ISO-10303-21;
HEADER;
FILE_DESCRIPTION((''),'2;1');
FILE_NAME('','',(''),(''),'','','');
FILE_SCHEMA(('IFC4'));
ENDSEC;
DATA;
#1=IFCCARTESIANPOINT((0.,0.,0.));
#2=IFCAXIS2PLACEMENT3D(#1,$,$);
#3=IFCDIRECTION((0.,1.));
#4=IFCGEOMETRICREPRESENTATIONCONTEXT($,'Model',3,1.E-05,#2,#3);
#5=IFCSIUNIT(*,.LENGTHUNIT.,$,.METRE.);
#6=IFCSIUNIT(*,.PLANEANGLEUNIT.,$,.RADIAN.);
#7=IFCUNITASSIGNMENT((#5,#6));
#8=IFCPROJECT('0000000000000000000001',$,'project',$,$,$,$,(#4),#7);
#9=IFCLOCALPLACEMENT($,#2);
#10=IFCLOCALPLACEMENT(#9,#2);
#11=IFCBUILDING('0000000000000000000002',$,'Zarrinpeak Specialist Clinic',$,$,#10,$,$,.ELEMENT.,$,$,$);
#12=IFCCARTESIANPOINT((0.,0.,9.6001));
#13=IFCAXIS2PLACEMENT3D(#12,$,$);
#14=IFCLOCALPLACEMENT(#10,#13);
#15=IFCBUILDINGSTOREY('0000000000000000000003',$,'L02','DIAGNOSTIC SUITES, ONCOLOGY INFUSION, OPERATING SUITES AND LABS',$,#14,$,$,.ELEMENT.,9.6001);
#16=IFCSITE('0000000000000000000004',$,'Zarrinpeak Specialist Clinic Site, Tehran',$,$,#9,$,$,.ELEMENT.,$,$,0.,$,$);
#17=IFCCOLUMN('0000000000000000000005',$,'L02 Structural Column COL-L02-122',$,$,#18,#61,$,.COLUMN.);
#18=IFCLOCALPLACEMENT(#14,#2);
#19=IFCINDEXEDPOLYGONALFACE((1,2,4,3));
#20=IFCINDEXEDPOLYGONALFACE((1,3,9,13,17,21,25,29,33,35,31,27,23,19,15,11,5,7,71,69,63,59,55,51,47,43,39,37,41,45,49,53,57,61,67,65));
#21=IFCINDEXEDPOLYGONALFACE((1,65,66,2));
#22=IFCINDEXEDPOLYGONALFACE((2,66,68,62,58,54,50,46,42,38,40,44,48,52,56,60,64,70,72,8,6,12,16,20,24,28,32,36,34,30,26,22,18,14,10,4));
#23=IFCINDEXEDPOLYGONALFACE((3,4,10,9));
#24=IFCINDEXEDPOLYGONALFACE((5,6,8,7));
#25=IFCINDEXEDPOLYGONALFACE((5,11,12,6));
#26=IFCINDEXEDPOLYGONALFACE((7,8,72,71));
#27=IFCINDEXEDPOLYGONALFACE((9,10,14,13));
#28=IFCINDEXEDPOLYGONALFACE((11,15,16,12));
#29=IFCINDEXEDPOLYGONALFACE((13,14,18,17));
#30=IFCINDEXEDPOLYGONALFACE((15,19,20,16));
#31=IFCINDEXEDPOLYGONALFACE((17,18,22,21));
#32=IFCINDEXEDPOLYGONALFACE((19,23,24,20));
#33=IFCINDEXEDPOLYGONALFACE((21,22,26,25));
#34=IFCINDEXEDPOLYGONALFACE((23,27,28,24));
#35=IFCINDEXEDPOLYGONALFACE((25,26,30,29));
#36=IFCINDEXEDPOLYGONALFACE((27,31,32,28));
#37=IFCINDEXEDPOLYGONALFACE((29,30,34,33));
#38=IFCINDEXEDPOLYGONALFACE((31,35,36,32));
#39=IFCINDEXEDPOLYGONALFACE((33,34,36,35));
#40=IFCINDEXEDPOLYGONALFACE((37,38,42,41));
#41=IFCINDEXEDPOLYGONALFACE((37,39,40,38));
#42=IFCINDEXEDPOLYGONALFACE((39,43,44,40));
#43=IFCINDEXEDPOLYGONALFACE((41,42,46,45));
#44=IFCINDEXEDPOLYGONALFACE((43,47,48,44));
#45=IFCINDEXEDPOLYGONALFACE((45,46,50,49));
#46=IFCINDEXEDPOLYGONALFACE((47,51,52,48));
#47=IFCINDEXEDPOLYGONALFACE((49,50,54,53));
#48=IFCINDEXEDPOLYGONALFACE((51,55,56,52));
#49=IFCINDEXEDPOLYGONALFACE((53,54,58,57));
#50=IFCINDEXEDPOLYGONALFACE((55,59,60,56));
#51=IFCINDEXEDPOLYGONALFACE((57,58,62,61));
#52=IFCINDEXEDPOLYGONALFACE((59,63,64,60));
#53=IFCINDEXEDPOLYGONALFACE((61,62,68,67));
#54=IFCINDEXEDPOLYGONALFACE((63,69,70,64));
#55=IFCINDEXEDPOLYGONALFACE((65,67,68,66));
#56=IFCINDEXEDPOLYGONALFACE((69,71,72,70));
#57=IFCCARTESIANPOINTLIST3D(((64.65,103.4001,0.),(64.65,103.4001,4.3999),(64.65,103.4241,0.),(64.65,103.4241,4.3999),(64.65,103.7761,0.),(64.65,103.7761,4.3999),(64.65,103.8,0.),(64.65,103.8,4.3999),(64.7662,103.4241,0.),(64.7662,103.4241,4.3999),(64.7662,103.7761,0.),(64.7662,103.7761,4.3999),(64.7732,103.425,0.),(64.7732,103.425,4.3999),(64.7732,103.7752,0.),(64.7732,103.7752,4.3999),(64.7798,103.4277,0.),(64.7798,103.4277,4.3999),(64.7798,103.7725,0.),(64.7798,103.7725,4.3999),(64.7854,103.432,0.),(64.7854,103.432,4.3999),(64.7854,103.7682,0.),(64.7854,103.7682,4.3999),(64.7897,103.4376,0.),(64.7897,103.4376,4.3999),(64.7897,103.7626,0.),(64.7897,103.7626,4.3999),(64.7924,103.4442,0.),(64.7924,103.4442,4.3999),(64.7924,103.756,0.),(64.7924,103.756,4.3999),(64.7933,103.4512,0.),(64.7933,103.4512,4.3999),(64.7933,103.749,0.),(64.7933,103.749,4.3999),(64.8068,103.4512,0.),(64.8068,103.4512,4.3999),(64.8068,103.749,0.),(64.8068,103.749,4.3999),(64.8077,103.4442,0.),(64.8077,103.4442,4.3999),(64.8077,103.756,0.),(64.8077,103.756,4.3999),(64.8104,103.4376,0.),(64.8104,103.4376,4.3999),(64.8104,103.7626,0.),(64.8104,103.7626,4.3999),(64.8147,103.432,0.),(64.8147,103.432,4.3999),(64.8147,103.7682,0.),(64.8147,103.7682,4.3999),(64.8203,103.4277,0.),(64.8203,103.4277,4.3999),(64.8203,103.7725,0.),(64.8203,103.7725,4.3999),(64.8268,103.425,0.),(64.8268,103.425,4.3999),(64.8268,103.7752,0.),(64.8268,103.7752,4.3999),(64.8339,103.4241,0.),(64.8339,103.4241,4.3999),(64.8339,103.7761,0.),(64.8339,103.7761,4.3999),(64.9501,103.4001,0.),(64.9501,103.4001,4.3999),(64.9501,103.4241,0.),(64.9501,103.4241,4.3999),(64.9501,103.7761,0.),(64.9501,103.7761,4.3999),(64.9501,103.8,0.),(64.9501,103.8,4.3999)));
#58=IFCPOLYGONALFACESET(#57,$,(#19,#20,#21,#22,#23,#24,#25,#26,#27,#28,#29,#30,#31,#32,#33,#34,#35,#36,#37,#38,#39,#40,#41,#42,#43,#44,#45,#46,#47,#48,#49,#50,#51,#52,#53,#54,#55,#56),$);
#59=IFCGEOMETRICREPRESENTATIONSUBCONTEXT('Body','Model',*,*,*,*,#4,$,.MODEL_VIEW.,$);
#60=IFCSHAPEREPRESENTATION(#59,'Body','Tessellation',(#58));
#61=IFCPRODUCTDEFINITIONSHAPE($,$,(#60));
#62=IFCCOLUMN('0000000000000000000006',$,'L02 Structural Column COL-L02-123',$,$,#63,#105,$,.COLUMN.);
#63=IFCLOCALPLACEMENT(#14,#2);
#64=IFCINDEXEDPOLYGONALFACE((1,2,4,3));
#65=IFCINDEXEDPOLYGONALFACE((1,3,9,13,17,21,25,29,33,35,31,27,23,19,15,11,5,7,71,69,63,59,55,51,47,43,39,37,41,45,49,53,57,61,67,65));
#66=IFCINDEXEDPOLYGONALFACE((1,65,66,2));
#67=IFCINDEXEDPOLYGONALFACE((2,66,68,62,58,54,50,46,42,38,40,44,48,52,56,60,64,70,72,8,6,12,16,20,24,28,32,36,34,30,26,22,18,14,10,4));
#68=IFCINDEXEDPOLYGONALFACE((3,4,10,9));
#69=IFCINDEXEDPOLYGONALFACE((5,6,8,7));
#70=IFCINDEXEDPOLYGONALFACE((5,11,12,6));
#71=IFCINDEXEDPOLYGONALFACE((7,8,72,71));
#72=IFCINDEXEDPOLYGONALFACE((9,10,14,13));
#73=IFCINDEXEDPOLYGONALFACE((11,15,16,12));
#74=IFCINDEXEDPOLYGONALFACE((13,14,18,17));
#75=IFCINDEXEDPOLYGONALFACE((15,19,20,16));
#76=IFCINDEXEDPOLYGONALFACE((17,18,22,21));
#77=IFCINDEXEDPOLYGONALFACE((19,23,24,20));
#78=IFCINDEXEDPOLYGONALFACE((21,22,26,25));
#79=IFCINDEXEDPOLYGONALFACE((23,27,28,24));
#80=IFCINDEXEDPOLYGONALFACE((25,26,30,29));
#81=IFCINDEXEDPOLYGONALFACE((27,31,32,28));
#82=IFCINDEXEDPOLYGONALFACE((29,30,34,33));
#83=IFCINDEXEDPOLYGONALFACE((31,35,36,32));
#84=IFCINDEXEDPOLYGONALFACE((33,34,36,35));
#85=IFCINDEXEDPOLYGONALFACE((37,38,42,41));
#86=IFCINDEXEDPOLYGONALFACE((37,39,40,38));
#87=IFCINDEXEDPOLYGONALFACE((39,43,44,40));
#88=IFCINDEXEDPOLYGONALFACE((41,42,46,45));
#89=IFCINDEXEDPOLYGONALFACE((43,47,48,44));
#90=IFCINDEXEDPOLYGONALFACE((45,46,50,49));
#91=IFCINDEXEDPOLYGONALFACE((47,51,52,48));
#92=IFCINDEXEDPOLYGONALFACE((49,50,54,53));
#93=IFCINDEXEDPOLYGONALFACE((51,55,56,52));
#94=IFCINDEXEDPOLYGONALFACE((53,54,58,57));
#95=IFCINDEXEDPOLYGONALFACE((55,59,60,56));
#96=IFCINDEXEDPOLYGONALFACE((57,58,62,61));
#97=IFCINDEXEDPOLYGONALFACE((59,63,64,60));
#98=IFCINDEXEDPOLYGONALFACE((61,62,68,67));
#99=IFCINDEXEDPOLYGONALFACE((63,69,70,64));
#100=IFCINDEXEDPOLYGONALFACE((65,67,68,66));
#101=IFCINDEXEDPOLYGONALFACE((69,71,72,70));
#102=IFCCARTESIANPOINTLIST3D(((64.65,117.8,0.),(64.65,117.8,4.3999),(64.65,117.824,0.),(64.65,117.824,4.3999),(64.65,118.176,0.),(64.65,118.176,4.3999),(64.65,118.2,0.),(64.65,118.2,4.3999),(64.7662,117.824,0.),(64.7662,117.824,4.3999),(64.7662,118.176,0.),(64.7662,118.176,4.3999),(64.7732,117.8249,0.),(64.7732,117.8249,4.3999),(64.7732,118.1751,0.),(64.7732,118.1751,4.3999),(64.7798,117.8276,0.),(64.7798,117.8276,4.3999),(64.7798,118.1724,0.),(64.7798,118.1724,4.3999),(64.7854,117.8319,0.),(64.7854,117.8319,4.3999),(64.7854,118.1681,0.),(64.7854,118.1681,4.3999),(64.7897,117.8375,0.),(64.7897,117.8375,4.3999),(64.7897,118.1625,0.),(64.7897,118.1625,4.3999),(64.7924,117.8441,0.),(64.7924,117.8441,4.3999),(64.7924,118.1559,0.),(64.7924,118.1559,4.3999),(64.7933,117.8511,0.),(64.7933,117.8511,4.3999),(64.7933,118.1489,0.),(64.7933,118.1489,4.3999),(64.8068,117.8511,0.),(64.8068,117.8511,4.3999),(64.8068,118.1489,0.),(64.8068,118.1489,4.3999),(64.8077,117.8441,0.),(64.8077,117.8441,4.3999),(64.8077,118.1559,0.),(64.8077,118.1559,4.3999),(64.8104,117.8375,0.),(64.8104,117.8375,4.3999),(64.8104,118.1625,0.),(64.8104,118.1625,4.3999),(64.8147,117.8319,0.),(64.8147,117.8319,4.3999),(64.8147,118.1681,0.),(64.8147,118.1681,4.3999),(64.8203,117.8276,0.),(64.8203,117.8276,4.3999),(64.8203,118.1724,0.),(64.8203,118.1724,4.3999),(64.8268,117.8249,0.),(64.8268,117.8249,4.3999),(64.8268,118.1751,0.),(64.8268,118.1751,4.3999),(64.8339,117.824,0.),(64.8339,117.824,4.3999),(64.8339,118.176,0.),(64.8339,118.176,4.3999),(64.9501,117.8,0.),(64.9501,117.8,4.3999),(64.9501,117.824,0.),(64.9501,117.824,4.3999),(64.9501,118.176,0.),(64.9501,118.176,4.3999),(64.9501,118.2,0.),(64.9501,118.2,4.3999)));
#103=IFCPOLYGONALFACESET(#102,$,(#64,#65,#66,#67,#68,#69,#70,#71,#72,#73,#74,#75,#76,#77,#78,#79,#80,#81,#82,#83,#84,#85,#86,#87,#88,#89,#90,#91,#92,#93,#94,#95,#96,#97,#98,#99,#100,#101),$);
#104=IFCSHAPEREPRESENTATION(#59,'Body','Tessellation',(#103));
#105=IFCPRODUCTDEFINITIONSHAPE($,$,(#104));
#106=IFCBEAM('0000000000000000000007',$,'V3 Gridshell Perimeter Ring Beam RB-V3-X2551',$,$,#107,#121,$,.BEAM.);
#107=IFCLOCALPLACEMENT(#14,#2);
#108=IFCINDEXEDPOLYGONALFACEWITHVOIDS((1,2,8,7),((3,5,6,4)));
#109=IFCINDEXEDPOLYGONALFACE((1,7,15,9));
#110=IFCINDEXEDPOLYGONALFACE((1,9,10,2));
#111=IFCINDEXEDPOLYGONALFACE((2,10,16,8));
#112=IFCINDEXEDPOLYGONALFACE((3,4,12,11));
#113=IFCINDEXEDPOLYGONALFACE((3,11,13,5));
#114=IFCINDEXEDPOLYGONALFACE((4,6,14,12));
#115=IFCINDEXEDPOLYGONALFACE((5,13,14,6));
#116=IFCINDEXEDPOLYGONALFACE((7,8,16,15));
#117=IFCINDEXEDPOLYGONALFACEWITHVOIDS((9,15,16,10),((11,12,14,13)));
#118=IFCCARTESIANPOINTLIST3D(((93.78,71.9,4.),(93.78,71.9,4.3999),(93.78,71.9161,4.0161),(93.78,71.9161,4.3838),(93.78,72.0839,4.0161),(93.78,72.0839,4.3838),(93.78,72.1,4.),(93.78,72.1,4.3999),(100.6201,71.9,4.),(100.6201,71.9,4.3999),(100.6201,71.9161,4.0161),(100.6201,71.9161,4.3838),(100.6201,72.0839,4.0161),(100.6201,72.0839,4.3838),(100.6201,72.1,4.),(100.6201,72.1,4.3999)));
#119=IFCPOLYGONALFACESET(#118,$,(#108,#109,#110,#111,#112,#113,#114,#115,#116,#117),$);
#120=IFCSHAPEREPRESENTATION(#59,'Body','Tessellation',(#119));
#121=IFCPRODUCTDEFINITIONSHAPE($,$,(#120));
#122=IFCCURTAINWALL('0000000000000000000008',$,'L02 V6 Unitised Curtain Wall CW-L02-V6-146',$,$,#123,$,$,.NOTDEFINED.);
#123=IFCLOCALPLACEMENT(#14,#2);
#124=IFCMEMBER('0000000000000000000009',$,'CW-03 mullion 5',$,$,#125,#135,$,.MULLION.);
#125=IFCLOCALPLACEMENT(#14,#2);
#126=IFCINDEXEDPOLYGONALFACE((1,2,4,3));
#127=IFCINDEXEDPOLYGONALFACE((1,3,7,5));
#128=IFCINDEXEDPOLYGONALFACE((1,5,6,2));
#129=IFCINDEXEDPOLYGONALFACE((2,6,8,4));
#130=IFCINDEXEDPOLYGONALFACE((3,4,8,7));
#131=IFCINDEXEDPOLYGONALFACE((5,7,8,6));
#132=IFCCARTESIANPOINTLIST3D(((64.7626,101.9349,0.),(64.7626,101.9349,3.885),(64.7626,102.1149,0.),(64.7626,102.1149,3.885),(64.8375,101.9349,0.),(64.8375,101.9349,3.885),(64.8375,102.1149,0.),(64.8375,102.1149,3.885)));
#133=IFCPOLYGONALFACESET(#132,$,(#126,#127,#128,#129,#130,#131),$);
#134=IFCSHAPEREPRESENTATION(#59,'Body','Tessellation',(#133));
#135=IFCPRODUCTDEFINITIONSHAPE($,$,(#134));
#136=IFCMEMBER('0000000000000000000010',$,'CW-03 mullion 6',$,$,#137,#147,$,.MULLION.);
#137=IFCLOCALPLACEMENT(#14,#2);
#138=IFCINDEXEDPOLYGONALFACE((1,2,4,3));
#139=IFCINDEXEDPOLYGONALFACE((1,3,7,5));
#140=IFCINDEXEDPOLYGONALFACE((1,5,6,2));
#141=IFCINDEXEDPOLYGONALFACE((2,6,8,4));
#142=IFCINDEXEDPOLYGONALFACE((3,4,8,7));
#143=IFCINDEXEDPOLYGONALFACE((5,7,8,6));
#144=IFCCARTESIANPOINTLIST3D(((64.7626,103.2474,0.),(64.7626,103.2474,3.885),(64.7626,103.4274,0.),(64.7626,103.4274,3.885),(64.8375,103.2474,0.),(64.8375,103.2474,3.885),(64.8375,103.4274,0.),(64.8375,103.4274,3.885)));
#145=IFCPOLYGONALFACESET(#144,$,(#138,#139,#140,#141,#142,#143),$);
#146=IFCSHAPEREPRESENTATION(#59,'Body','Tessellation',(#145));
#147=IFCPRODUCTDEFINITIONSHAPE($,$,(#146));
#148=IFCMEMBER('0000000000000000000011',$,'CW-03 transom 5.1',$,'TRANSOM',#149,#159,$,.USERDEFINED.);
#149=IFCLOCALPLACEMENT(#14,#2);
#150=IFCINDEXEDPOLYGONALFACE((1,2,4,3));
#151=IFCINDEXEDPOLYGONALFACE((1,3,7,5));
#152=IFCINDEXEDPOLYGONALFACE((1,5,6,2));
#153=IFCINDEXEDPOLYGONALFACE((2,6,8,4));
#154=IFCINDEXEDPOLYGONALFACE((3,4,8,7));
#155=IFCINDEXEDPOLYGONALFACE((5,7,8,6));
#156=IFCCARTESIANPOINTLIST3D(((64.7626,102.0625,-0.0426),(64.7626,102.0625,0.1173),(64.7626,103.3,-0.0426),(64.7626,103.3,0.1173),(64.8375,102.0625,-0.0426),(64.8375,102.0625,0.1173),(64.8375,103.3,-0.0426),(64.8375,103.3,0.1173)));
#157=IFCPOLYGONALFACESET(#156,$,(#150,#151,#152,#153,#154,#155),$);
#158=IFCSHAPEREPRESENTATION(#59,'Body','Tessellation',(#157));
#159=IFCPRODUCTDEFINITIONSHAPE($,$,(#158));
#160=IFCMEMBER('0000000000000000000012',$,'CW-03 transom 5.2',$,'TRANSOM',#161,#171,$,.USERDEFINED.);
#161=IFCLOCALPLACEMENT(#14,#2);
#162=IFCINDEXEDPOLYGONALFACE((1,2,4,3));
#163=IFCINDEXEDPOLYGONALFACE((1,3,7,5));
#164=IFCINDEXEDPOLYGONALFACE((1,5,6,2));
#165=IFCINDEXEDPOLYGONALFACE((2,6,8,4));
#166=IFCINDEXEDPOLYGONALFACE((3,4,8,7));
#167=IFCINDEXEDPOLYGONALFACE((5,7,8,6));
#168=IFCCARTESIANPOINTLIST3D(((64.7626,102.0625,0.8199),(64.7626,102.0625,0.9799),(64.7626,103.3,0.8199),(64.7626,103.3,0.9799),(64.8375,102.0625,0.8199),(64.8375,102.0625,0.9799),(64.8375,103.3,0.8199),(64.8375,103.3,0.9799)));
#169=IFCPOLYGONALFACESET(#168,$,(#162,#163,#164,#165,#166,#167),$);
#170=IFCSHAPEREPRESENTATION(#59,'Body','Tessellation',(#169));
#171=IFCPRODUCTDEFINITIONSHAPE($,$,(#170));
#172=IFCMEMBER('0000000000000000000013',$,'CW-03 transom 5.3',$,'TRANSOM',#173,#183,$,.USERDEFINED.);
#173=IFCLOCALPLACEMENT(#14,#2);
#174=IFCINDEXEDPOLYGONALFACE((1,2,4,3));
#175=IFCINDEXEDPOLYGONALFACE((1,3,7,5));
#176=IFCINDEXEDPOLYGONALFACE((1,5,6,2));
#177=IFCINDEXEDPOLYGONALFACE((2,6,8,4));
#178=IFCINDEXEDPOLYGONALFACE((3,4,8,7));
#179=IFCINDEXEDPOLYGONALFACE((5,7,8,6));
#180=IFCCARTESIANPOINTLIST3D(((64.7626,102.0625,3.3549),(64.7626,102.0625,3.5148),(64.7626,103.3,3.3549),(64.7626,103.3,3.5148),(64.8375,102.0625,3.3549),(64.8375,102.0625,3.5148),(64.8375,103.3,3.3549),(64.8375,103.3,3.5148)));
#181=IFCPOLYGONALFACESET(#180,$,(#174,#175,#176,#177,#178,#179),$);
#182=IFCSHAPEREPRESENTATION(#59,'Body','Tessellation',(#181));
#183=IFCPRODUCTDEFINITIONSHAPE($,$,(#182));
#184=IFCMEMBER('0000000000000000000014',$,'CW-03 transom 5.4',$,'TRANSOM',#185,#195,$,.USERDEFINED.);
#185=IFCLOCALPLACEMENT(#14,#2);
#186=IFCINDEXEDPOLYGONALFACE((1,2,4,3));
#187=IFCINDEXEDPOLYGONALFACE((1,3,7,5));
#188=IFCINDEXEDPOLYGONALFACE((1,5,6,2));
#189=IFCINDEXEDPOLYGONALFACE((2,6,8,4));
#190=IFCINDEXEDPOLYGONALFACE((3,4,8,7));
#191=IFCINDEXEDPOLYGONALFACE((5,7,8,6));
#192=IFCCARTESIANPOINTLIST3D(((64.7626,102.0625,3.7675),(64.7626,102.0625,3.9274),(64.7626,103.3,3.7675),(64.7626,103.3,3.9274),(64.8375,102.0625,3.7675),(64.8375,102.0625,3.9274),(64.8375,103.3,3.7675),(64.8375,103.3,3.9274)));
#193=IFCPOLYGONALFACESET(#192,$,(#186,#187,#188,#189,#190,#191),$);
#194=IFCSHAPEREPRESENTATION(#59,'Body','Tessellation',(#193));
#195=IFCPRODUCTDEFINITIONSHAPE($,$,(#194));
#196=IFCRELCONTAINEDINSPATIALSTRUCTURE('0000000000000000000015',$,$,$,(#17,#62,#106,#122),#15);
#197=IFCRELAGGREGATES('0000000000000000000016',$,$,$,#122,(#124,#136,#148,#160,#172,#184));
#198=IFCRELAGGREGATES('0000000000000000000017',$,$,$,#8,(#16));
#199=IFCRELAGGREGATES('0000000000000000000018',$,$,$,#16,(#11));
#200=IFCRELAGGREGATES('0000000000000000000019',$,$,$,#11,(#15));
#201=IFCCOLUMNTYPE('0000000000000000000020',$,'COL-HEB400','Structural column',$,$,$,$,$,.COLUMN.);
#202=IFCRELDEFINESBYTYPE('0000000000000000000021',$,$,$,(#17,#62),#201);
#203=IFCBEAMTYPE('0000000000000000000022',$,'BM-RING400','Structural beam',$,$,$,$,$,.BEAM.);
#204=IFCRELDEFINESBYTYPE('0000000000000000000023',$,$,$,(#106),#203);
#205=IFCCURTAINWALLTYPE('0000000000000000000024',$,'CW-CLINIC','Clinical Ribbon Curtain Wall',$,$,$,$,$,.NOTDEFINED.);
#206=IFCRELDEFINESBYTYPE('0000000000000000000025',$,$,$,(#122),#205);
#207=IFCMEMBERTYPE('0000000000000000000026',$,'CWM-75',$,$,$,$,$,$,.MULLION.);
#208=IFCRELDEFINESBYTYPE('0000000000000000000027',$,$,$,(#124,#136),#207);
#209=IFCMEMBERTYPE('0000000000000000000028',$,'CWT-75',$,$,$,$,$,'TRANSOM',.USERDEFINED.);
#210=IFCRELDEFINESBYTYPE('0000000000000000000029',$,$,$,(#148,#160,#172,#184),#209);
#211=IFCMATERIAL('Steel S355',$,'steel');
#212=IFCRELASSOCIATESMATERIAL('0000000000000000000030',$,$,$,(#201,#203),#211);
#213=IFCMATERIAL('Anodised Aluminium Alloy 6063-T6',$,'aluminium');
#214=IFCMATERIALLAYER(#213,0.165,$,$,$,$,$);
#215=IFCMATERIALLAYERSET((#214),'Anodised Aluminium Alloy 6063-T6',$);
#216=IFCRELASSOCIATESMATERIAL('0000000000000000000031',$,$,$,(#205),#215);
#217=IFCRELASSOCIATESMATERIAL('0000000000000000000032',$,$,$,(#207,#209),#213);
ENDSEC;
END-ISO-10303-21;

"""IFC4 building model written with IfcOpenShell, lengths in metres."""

from ifc_helpers import new_model, si_unit, direction, frame, origin, origin_2d, place, context, subcontext, project, spatial, rectangle, hollow_rectangle, i_section, extrude, material, layer, layer_set, material_profile, profile_set, type_object, element, aggregate, save


model = new_model("IFC4")

# Units and contexts
model_context = context("Model", 3, precision=1e-05, world=origin(), true_north=direction((0.0, 1.0)))
body_context = subcontext(model_context, "Body", "Model", "MODEL_VIEW")
ifc_project = project(units=[si_unit("LENGTHUNIT", "METRE"), si_unit("PLANEANGLEUNIT", "RADIAN")], contexts=[model_context])

# Site, building, storey
site_placement = place(None, origin())
site = spatial("IfcSite", under=ifc_project, at=site_placement, Name="Zarrinpeak Specialist Clinic Site, Tehran", CompositionType="ELEMENT", RefElevation=0.0)
building_placement = place(site_placement, origin())
building = spatial("IfcBuilding", under=site, at=building_placement, Name="Zarrinpeak Specialist Clinic", CompositionType="ELEMENT")
storey_placement = place(building_placement, frame((0.0, 0.0, 9.6001)))
storey = spatial("IfcBuildingStorey", under=building, at=storey_placement, Name="L02", Description="DIAGNOSTIC SUITES, ONCOLOGY INFUSION, OPERATING SUITES AND LABS", CompositionType="ELEMENT", Elevation=9.6001)

# Columns
ifc_material_1 = material(Name="Steel S355", Category="steel")
ifc_material_profile_1 = material_profile(ifc_material_1, i_section(OverallWidth=0.3, OverallDepth=0.3999, WebThickness=0.0134, FlangeThickness=0.0239, FilletRadius=0.0271, at=origin_2d()), Name="HEB 400")
ifc_profile_set_1 = profile_set([ifc_material_profile_1], Name="Steel S355")
column_type = type_object("IfcColumnType", Name="COL-HEB400", Description="Structural column", PredefinedType="COLUMN", material=ifc_profile_set_1)
for number, where, z_axis, x_axis, name in (
    (1, (64.8, 103.6001, 0.0), (0.0, 0.0, 1.0), (1.0, 0.0, 0.0), "L02 Structural Column COL-L02-122"),
    (2, (64.8, 118.0, 0.0), (0.0, 0.0, 1.0), (1.0, 0.0, 0.0), "L02 Structural Column COL-L02-123"),
):
    element("IfcColumn", number, at=place(storey_placement, frame(where, z_axis=z_axis, x_axis=x_axis)), inside=storey, type_object=column_type, Name=name, PredefinedType="COLUMN", context=body_context, shape_type="SweptSolid", body=[
        extrude(i_section(OverallWidth=0.3, OverallDepth=0.3999, WebThickness=0.0134, FlangeThickness=0.0239, FilletRadius=0.0271, at=origin_2d()), origin(), (0.0, 0.0, 1.0), 4.3999),
    ])

# Beam
ifc_material_profile_2 = material_profile(ifc_material_1, hollow_rectangle(XDim=0.2, YDim=0.3999, WallThickness=0.0161, at=origin_2d()), Name="RHS 400x200x16.0")
ifc_profile_set_2 = profile_set([ifc_material_profile_2], Name="Steel S355")
beam_type = type_object("IfcBeamType", Name="BM-RING400", Description="Structural beam", PredefinedType="BEAM", material=ifc_profile_set_2)
beam_placement = place(storey_placement, frame((93.78, 72.0, 4.2), z_axis=(1.0, 0.0, 0.0), x_axis=(0.0, 1.0, 0.0)))
element("IfcBeam", 3, at=beam_placement, inside=storey, type_object=beam_type, Name="V3 Gridshell Perimeter Ring Beam RB-V3-X2551", PredefinedType="BEAM", context=body_context, shape_type="SweptSolid", body=[
    extrude(hollow_rectangle(XDim=0.2, YDim=0.3999, WallThickness=0.0161, at=origin_2d()), origin(), (0.0, 0.0, 1.0), 6.8401),
])

# Curtain wall, members
ifc_material_2 = material(Name="Anodised Aluminium Alloy 6063-T6", Category="aluminium")
ifc_layer_1 = layer(ifc_material_2, 0.165)
ifc_layer_set_1 = layer_set([ifc_layer_1], Name="Anodised Aluminium Alloy 6063-T6")
curtain_wall_type = type_object("IfcCurtainWallType", Name="CW-CLINIC", Description="Clinical Ribbon Curtain Wall", PredefinedType="NOTDEFINED", material=ifc_layer_set_1)
curtain_wall_placement = place(storey_placement, origin())
curtain_wall = element("IfcCurtainWall", 4, at=curtain_wall_placement, inside=storey, type_object=curtain_wall_type, Name="L02 V6 Unitised Curtain Wall CW-L02-V6-146", PredefinedType="NOTDEFINED")
ifc_material_profile_3 = material_profile(ifc_material_2, rectangle(XDim=0.075, YDim=0.1799, at=origin_2d()), Name="ALU 75x180")
ifc_profile_set_3 = profile_set([ifc_material_profile_3], Name="Anodised Aluminium Alloy 6063-T6")
member_type_1 = type_object("IfcMemberType", Name="CWM-75", PredefinedType="MULLION", material=ifc_profile_set_3)
member_1_placement = place(storey_placement, frame((64.8, 102.0249, 0.0), z_axis=(0.0, 0.0, 1.0), x_axis=(-1.0, 0.0, 0.0)))
member_1 = element("IfcMember", 5, at=member_1_placement, type_object=member_type_1, Name="CW-03 mullion 5", PredefinedType="MULLION", context=body_context, shape_type="SweptSolid", body=[
    extrude(rectangle(XDim=0.075, YDim=0.1799, at=origin_2d()), origin(), (0.0, 0.0, 1.0), 3.885),
])
member_2_placement = place(storey_placement, frame((64.8, 103.3374, 0.0), z_axis=(0.0, 0.0, 1.0), x_axis=(-1.0, 0.0, 0.0)))
member_2 = element("IfcMember", 6, at=member_2_placement, type_object=member_type_1, Name="CW-03 mullion 6", PredefinedType="MULLION", context=body_context, shape_type="SweptSolid", body=[
    extrude(rectangle(XDim=0.075, YDim=0.1799, at=origin_2d()), origin(), (0.0, 0.0, 1.0), 3.885),
])
ifc_material_profile_4 = material_profile(ifc_material_2, rectangle(XDim=0.075, YDim=0.1599, at=origin_2d()), Name="ALU 75x160")
ifc_profile_set_4 = profile_set([ifc_material_profile_4], Name="Anodised Aluminium Alloy 6063-T6")
member_type_2 = type_object("IfcMemberType", Name="CWT-75", ElementType="TRANSOM", PredefinedType="USERDEFINED", material=ifc_profile_set_4)
member_3_placement = place(storey_placement, frame((64.8, 102.0625, 0.0374), z_axis=(0.0, 1.0, 0.0), x_axis=(-1.0, 0.0, 0.0)))
member_3 = element("IfcMember", 7, at=member_3_placement, type_object=member_type_2, Name="CW-03 transom 5.1", ObjectType="TRANSOM", PredefinedType="USERDEFINED", context=body_context, shape_type="SweptSolid", body=[
    extrude(rectangle(XDim=0.075, YDim=0.1599, at=origin_2d()), origin(), (0.0, 0.0, 1.0), 1.2375),
])
member_4_placement = place(storey_placement, frame((64.8, 102.0625, 0.8999), z_axis=(0.0, 1.0, 0.0), x_axis=(-1.0, 0.0, 0.0)))
member_4 = element("IfcMember", 8, at=member_4_placement, type_object=member_type_2, Name="CW-03 transom 5.2", ObjectType="TRANSOM", PredefinedType="USERDEFINED", context=body_context, shape_type="SweptSolid", body=[
    extrude(rectangle(XDim=0.075, YDim=0.1599, at=origin_2d()), origin(), (0.0, 0.0, 1.0), 1.2375),
])
member_5_placement = place(storey_placement, frame((64.8, 102.0625, 3.4348), z_axis=(0.0, 1.0, 0.0), x_axis=(-1.0, 0.0, 0.0)))
member_5 = element("IfcMember", 9, at=member_5_placement, type_object=member_type_2, Name="CW-03 transom 5.3", ObjectType="TRANSOM", PredefinedType="USERDEFINED", context=body_context, shape_type="SweptSolid", body=[
    extrude(rectangle(XDim=0.075, YDim=0.1599, at=origin_2d()), origin(), (0.0, 0.0, 1.0), 1.2375),
])
member_6_placement = place(storey_placement, frame((64.8, 102.0625, 3.8474), z_axis=(0.0, 1.0, 0.0), x_axis=(-1.0, 0.0, 0.0)))
member_6 = element("IfcMember", 10, at=member_6_placement, type_object=member_type_2, Name="CW-03 transom 5.4", ObjectType="TRANSOM", PredefinedType="USERDEFINED", context=body_context, shape_type="SweptSolid", body=[
    extrude(rectangle(XDim=0.075, YDim=0.1599, at=origin_2d()), origin(), (0.0, 0.0, 1.0), 1.2375),
])
aggregate(curtain_wall, [member_1, member_2, member_3, member_4, member_5, member_6])

save(model, "model.ifc")
